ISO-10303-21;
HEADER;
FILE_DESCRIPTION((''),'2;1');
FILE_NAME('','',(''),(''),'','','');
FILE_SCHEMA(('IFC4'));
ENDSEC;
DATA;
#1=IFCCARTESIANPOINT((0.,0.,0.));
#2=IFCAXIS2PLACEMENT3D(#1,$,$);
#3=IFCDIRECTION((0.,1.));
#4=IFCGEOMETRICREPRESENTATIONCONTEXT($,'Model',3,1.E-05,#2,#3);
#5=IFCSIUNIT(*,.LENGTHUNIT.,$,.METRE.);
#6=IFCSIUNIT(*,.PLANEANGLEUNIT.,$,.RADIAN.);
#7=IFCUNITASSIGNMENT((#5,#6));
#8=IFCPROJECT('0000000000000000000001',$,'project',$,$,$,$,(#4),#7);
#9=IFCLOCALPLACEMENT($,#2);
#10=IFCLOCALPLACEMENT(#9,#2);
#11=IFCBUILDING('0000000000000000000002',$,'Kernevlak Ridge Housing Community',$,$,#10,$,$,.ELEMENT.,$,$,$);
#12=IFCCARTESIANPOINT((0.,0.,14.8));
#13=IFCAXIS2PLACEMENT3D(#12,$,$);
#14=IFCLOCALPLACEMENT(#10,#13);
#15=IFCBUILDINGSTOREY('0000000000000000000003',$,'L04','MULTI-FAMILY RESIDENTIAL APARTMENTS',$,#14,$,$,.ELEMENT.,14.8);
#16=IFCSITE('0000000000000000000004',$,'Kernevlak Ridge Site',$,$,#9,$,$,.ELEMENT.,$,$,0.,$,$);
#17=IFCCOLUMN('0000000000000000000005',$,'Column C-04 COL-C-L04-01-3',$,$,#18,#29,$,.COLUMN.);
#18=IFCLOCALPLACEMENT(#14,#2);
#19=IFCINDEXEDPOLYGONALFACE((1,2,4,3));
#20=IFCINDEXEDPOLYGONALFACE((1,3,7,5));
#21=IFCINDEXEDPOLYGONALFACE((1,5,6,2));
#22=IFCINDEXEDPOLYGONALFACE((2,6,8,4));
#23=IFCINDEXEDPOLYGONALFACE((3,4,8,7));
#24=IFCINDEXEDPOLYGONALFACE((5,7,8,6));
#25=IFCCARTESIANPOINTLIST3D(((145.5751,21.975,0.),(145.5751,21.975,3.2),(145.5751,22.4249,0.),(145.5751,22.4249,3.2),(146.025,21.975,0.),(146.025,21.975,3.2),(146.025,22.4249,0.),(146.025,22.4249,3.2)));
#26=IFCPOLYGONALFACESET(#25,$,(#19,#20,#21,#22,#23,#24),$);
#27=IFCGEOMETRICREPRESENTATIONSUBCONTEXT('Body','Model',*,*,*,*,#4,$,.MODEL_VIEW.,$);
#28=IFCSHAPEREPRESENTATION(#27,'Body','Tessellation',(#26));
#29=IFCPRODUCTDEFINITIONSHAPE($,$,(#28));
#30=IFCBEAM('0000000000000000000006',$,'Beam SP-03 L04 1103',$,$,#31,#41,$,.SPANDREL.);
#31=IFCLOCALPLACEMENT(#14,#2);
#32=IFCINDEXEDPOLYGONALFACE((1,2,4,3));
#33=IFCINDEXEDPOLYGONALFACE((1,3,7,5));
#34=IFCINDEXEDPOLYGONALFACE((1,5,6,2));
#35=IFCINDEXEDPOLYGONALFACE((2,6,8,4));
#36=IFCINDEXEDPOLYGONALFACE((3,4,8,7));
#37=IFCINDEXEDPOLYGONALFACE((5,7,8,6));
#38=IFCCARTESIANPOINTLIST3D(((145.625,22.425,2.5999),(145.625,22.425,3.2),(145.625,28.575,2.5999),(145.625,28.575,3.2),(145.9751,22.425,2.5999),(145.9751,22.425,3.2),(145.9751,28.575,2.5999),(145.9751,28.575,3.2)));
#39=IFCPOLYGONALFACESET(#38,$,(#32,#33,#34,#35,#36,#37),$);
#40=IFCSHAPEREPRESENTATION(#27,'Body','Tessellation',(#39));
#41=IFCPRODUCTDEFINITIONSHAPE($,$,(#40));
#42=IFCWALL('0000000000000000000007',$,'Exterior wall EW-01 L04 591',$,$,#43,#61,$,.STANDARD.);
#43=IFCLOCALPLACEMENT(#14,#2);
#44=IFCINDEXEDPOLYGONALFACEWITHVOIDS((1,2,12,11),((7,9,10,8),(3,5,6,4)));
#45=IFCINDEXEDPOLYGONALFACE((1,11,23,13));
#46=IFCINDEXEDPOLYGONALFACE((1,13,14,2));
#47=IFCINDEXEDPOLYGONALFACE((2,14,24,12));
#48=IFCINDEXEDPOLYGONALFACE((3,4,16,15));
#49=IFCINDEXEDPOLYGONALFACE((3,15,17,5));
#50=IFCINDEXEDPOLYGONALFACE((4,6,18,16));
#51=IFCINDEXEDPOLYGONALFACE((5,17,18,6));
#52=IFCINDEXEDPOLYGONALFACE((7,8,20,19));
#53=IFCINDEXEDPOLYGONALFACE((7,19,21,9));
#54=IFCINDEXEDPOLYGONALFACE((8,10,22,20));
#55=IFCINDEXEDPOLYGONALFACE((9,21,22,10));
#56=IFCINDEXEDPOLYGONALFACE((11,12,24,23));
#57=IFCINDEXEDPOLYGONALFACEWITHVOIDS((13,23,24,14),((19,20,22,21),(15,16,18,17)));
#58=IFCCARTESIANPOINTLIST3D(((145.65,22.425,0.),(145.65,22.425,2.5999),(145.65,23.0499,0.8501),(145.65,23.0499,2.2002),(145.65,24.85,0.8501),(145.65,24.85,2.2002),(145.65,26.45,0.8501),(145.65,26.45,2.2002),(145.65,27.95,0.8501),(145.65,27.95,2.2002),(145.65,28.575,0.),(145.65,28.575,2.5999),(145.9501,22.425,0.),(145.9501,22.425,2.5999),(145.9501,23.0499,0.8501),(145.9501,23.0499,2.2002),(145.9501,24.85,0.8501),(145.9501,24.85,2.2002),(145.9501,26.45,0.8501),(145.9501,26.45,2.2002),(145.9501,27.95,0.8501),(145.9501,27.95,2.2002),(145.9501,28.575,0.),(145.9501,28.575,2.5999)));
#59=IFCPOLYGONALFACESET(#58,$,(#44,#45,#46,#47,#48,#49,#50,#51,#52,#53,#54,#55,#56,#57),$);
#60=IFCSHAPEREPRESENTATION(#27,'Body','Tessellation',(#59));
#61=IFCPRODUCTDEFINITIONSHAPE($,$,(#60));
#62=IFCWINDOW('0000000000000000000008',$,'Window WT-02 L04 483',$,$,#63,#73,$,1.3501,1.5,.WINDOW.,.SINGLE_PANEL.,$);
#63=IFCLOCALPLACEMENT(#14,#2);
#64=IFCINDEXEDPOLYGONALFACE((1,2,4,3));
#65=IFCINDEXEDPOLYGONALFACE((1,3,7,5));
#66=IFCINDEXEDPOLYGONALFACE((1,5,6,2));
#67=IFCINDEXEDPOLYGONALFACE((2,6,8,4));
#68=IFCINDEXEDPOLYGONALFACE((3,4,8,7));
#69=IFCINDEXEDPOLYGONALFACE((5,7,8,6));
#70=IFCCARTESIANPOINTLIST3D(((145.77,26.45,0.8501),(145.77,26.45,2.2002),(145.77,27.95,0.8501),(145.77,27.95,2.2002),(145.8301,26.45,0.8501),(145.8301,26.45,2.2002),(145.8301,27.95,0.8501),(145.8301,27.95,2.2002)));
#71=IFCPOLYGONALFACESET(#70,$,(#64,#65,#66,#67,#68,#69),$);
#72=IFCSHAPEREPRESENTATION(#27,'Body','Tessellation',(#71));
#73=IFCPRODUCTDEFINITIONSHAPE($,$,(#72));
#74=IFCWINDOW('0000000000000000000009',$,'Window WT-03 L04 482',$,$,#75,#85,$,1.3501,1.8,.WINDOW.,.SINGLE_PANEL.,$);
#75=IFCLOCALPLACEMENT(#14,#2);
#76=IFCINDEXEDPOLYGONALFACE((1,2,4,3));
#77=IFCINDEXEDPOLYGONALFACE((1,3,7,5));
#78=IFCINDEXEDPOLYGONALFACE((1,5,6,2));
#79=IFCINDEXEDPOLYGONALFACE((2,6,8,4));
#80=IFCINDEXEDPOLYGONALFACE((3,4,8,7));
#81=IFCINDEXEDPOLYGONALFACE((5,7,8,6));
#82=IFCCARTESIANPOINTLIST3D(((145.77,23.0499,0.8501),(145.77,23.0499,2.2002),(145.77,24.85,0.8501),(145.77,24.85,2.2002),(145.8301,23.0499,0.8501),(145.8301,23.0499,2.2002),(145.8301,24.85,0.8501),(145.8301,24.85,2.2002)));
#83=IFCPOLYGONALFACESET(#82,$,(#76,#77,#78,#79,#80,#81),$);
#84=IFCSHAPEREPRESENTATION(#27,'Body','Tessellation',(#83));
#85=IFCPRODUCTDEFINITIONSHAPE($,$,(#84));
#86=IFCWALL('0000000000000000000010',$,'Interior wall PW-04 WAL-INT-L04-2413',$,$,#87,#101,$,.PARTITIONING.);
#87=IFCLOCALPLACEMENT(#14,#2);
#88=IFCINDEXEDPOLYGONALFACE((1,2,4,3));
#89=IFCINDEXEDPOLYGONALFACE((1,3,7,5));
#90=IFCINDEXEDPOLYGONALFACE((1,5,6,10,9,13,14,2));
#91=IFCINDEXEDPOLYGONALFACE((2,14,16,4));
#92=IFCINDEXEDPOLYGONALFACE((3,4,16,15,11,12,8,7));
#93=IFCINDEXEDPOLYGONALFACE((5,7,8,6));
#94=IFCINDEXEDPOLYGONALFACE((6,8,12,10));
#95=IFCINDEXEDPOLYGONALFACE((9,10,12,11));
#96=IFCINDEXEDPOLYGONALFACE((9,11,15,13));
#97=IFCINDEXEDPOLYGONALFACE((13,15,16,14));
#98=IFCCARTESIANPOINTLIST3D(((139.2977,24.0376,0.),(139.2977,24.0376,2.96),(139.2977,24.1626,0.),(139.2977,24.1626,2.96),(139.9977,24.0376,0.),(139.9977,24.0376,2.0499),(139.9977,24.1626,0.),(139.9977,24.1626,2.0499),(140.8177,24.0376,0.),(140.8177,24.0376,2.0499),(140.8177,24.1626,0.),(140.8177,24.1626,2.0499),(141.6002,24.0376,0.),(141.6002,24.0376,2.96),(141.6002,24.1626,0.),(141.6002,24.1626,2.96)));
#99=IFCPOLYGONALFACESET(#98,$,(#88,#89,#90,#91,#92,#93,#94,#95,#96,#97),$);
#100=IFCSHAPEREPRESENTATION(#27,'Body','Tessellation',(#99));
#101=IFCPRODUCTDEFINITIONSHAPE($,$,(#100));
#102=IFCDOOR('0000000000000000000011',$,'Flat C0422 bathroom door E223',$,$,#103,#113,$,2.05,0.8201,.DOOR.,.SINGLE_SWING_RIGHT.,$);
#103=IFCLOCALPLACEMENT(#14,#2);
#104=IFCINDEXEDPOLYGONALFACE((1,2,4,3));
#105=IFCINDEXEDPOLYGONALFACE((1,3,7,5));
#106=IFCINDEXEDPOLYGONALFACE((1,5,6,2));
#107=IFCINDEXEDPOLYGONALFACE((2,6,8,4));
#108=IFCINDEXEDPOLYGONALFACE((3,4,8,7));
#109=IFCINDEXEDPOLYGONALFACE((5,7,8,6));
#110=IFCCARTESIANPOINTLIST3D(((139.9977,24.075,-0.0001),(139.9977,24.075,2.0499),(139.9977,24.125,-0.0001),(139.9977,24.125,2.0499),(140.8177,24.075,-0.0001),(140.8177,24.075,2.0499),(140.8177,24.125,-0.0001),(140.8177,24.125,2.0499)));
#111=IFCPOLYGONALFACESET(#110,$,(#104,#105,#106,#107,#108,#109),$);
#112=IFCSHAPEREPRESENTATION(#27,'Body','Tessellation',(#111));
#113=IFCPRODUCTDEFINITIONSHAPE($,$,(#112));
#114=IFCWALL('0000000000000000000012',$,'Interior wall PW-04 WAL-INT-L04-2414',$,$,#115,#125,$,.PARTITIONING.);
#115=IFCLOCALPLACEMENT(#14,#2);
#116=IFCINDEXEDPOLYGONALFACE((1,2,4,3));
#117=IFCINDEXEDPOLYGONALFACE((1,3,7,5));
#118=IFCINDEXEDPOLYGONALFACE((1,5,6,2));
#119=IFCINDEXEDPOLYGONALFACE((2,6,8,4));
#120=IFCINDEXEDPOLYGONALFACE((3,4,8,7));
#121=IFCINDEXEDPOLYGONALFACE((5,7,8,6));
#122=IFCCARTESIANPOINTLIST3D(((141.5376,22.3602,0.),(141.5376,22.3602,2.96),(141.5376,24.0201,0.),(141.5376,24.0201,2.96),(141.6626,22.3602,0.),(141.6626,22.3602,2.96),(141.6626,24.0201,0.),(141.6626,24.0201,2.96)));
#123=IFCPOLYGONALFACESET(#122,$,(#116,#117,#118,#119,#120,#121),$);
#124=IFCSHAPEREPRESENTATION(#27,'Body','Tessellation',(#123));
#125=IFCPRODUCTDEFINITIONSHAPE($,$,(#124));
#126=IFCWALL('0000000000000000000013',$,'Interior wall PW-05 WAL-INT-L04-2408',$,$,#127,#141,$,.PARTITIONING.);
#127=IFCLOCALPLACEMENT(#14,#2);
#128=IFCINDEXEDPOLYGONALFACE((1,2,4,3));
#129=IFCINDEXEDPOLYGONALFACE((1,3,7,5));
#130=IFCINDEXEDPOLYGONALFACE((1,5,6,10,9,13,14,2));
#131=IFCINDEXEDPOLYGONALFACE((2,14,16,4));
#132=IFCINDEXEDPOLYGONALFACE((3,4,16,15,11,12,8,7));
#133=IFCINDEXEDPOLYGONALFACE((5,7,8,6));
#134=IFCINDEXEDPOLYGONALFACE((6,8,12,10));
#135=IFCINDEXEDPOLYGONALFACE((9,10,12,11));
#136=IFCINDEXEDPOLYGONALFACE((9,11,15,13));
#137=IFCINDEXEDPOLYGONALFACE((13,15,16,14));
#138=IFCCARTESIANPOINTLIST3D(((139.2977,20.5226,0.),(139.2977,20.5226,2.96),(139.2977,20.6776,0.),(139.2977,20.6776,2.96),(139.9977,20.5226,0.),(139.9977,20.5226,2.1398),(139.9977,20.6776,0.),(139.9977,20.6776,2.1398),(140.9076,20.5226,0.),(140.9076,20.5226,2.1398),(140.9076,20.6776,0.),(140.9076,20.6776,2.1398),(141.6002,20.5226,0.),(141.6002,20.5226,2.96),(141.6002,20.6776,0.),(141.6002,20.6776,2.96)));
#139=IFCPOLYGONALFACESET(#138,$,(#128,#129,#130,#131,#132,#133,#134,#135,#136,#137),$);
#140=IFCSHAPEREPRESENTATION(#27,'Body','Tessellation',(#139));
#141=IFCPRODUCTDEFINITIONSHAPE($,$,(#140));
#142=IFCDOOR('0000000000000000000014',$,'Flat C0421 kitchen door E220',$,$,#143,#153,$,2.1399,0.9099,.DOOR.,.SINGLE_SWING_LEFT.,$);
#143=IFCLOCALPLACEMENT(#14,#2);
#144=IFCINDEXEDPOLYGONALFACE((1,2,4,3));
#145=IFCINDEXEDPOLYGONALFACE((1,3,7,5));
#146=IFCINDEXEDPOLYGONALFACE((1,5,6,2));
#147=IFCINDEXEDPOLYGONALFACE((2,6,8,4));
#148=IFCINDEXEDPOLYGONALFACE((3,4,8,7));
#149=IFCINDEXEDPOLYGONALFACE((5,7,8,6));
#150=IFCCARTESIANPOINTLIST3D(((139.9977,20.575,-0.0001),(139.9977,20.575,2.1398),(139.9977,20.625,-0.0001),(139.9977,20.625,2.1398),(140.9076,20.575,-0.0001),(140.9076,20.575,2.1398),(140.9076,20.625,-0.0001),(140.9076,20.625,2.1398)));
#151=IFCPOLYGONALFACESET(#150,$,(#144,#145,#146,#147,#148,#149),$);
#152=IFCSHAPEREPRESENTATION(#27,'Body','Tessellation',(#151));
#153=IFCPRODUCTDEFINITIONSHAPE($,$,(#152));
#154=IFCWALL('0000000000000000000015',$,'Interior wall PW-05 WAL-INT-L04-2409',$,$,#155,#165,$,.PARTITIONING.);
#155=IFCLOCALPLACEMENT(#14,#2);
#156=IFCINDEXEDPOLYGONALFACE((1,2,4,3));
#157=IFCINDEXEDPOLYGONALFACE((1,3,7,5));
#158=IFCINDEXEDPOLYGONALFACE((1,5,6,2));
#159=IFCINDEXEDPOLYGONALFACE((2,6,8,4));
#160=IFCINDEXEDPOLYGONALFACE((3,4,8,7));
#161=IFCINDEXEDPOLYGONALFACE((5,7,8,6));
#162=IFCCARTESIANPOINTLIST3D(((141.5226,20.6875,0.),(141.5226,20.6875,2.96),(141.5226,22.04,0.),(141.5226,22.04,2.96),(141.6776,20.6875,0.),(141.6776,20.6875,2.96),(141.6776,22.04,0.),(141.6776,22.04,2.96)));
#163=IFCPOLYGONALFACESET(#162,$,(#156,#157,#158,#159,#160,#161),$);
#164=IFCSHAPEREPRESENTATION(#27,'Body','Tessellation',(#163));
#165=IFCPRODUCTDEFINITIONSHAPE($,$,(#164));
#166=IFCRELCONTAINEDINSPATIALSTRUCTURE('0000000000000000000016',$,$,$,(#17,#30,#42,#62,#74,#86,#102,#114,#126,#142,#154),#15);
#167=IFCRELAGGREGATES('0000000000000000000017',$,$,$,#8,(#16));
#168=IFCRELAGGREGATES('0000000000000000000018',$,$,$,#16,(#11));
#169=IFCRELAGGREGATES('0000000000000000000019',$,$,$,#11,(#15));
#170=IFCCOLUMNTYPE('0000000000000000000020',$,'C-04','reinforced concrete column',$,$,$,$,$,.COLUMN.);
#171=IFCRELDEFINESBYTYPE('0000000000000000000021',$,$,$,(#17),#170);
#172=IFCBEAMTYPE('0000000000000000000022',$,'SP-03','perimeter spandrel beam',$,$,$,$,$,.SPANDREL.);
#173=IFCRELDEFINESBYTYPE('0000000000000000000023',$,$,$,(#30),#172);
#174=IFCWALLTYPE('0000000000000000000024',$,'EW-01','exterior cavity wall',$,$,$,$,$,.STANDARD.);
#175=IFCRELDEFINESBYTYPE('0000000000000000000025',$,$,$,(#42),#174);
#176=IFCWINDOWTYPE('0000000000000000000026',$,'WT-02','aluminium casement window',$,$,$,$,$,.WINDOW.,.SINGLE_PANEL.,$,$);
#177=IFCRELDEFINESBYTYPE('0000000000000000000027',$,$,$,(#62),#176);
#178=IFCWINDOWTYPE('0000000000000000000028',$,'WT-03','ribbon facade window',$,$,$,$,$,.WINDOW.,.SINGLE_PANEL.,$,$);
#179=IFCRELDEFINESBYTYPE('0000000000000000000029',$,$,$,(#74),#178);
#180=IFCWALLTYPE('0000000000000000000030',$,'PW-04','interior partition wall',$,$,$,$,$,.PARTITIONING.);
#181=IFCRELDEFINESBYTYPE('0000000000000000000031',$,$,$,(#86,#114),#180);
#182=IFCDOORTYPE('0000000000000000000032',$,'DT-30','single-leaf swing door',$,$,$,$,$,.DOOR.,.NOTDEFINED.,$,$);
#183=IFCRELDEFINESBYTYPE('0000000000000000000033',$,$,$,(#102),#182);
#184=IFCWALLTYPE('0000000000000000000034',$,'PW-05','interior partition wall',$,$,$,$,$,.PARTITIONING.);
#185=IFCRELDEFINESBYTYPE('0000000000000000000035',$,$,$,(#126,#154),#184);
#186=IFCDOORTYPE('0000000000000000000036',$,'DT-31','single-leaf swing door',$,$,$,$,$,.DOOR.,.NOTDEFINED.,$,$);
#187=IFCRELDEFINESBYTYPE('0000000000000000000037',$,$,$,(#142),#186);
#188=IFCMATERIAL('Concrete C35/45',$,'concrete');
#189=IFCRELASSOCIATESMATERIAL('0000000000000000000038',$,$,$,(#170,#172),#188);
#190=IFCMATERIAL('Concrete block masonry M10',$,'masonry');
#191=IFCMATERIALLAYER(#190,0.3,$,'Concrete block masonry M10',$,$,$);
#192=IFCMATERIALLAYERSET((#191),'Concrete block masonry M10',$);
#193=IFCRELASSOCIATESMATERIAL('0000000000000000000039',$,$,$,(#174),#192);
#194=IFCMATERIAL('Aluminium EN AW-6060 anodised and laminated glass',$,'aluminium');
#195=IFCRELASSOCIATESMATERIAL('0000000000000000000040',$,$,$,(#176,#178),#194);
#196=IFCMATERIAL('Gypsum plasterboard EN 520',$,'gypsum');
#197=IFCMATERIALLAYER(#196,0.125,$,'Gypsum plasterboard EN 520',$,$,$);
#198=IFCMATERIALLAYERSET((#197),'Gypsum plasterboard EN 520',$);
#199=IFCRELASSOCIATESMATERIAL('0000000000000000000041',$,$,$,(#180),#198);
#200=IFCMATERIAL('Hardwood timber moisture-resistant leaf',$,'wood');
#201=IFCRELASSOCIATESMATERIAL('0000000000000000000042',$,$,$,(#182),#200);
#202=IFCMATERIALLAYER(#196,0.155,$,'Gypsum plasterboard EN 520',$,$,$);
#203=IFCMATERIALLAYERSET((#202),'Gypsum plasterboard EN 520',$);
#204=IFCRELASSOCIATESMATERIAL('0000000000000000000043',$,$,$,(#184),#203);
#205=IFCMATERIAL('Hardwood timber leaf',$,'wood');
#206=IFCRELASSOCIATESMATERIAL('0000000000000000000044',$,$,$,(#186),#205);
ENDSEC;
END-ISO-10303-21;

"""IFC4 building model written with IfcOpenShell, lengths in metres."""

from ifc_helpers import new_model, si_unit, direction, frame, frame_2d, origin, origin_2d, place, context, subcontext, project, spatial, rectangle, extrude, material, layer, layer_set, material_profile, profile_set, type_object, element, fill, save


model = new_model("IFC4")

# Units and contexts
model_context = context("Model", 3, precision=1e-05, world=origin(), true_north=direction((0.0, 1.0)))
body_context = subcontext(model_context, "Body", "Model", "MODEL_VIEW")
ifc_project = project(units=[si_unit("LENGTHUNIT", "METRE"), si_unit("PLANEANGLEUNIT", "RADIAN")], contexts=[model_context])

# Site, building, storey
site_placement = place(None, origin())
site = spatial("IfcSite", under=ifc_project, at=site_placement, Name="Kernevlak Ridge Site", CompositionType="ELEMENT", RefElevation=0.0)
building_placement = place(site_placement, origin())
building = spatial("IfcBuilding", under=site, at=building_placement, Name="Kernevlak Ridge Housing Community", CompositionType="ELEMENT")
storey_placement = place(building_placement, frame((0.0, 0.0, 14.8)))
storey = spatial("IfcBuildingStorey", under=building, at=storey_placement, Name="L04", Description="MULTI-FAMILY RESIDENTIAL APARTMENTS", CompositionType="ELEMENT", Elevation=14.8)

# Column
ifc_material_1 = material(Name="Concrete C35/45", Category="concrete")
ifc_material_profile_1 = material_profile(ifc_material_1, rectangle(XDim=0.45, YDim=0.45, at=origin_2d()), Name="RC 450x450")
ifc_profile_set_1 = profile_set([ifc_material_profile_1], Name="Concrete C35/45")
column_type = type_object("IfcColumnType", Name="C-04", Description="reinforced concrete column", PredefinedType="COLUMN", material=ifc_profile_set_1)
column_placement = place(storey_placement, frame((145.8, 22.2, 0.0), z_axis=(0.0, 0.0, 1.0), x_axis=(1.0, 0.0, 0.0)))
element("IfcColumn", 1, at=column_placement, inside=storey, type_object=column_type, Name="Column C-04 COL-C-L04-01-3", PredefinedType="COLUMN", context=body_context, shape_type="SweptSolid", body=[
    extrude(rectangle(XDim=0.45, YDim=0.45, at=origin_2d()), origin(), (0.0, 0.0, 1.0), 3.2),
])

# Beam
ifc_material_profile_2 = material_profile(ifc_material_1, rectangle(XDim=0.3501, YDim=0.6001, at=origin_2d()), Name="RC 350x600")
ifc_profile_set_2 = profile_set([ifc_material_profile_2], Name="Concrete C35/45")
beam_type = type_object("IfcBeamType", Name="SP-03", Description="perimeter spandrel beam", PredefinedType="SPANDREL", material=ifc_profile_set_2)
beam_placement = place(storey_placement, frame((145.8, 22.425, 2.8999), z_axis=(0.0, 1.0, 0.0), x_axis=(-1.0, 0.0, 0.0)))
element("IfcBeam", 2, at=beam_placement, inside=storey, type_object=beam_type, Name="Beam SP-03 L04 1103", PredefinedType="SPANDREL", context=body_context, shape_type="SweptSolid", body=[
    extrude(rectangle(XDim=0.3501, YDim=0.6001, at=origin_2d()), origin(), (0.0, 0.0, 1.0), 6.1499),
])

# Wall, openings, windows
ifc_material_2 = material(Name="Concrete block masonry M10", Category="masonry")
ifc_layer_1 = layer(ifc_material_2, 0.3, Name="Concrete block masonry M10")
ifc_layer_set_1 = layer_set([ifc_layer_1], Name="Concrete block masonry M10")
wall_type_1 = type_object("IfcWallType", Name="EW-01", Description="exterior cavity wall", PredefinedType="STANDARD", material=ifc_layer_set_1)
wall_1_placement = place(storey_placement, frame((145.8, 22.425, 0.0), z_axis=(0.0, 0.0, 1.0), x_axis=(0.0, 1.0, 0.0)))
wall_1 = element("IfcWall", 3, at=wall_1_placement, inside=storey, type_object=wall_type_1, Name="Exterior wall EW-01 L04 591", PredefinedType="STANDARD", context=body_context, shape_type="SweptSolid", body=[
    extrude(rectangle(XDim=6.1499, YDim=0.3, at=frame_2d((3.075, 0.0))), origin(), (0.0, 0.0, 1.0), 2.5999),
])
opening_1_placement = place(wall_1_placement, frame((0.625, 0.0, 0.8501)))
opening_1 = element("IfcOpeningElement", 4, at=opening_1_placement, cuts=wall_1, PredefinedType="OPENING", context=body_context, shape_type="SweptSolid", body=[
    extrude(rectangle(XDim=1.8, YDim=1.3501, at=frame_2d((0.8999, 0.675))), frame((0.0, 0.1599, 0.0), z_axis=(0.0, -1.0, 0.0), x_axis=(1.0, 0.0, 0.0)), (0.0, 0.0, 1.0), 0.3201),
])
opening_2_placement = place(wall_1_placement, frame((4.0249, 0.0, 0.8501)))
opening_2 = element("IfcOpeningElement", 5, at=opening_2_placement, cuts=wall_1, PredefinedType="OPENING", context=body_context, shape_type="SweptSolid", body=[
    extrude(rectangle(XDim=1.5, YDim=1.3501, at=frame_2d((0.75, 0.675))), frame((0.0, 0.1599, 0.0), z_axis=(0.0, -1.0, 0.0), x_axis=(1.0, 0.0, 0.0)), (0.0, 0.0, 1.0), 0.3201),
])
ifc_material_3 = material(Name="Aluminium EN AW-6060 anodised and laminated glass", Category="aluminium")
window_type_1 = type_object("IfcWindowType", Name="WT-02", Description="aluminium casement window", PartitioningType="SINGLE_PANEL", PredefinedType="WINDOW", material=ifc_material_3)
window_1_placement = place(opening_2_placement, origin())
window_1 = element("IfcWindow", 6, at=window_1_placement, inside=storey, type_object=window_type_1, Name="Window WT-02 L04 483", OverallHeight=1.3501, OverallWidth=1.5, PartitioningType="SINGLE_PANEL", PredefinedType="WINDOW", context=body_context, shape_type="SweptSolid", body=[
    extrude(rectangle(XDim=1.5, YDim=1.3501, at=frame_2d((0.75, 0.675))), frame((0.0, 0.03, 0.0), z_axis=(0.0, -1.0, 0.0), x_axis=(1.0, 0.0, 0.0)), (0.0, 0.0, 1.0), 0.0601),
])
fill(opening_2, window_1)
window_type_2 = type_object("IfcWindowType", Name="WT-03", Description="ribbon facade window", PartitioningType="SINGLE_PANEL", PredefinedType="WINDOW", material=ifc_material_3)
window_2_placement = place(opening_1_placement, origin())
window_2 = element("IfcWindow", 7, at=window_2_placement, inside=storey, type_object=window_type_2, Name="Window WT-03 L04 482", OverallHeight=1.3501, OverallWidth=1.8, PartitioningType="SINGLE_PANEL", PredefinedType="WINDOW", context=body_context, shape_type="SweptSolid", body=[
    extrude(rectangle(XDim=1.8, YDim=1.3501, at=frame_2d((0.8999, 0.675))), frame((0.0, 0.03, 0.0), z_axis=(0.0, -1.0, 0.0), x_axis=(1.0, 0.0, 0.0)), (0.0, 0.0, 1.0), 0.0601),
])
fill(opening_1, window_2)

# Wall, opening, door
ifc_material_4 = material(Name="Hardwood timber leaf", Category="wood")
ifc_material_5 = material(Name="Gypsum plasterboard EN 520", Category="gypsum")
ifc_layer_2 = layer(ifc_material_5, 0.125, Name="Gypsum plasterboard EN 520")
ifc_layer_set_2 = layer_set([ifc_layer_2], Name="Gypsum plasterboard EN 520")
wall_type_2 = type_object("IfcWallType", Name="PW-04", Description="interior partition wall", PredefinedType="PARTITIONING", material=ifc_layer_set_2)
wall_2_placement = place(storey_placement, frame((139.2976, 24.1001, 0.0), z_axis=(0.0, 0.0, 1.0), x_axis=(1.0, 0.0, 0.0)))
wall_2 = element("IfcWall", 8, at=wall_2_placement, inside=storey, type_object=wall_type_2, Name="Interior wall PW-04 WAL-INT-L04-2413", PredefinedType="PARTITIONING", context=body_context, shape_type="SweptSolid", body=[
    extrude(rectangle(XDim=2.3025, YDim=0.125, at=frame_2d((1.1514, 0.0))), origin(), (0.0, 0.0, 1.0), 2.96),
])
opening_3_placement = place(wall_2_placement, frame((0.7, 0.0, 0.0)))
opening_3 = element("IfcOpeningElement", 9, at=opening_3_placement, cuts=wall_2, PredefinedType="OPENING", context=body_context, shape_type="SweptSolid", body=[
    extrude(rectangle(XDim=0.8201, YDim=2.05, at=frame_2d((0.4102, 1.0249))), frame((0.0, 0.0725, 0.0), z_axis=(0.0, -1.0, 0.0), x_axis=(1.0, 0.0, 0.0)), (0.0, 0.0, 1.0), 0.145),
])
ifc_material_6 = material(Name="Hardwood timber moisture-resistant leaf", Category="wood")
door_type_1 = type_object("IfcDoorType", Name="DT-30", Description="single-leaf swing door", OperationType="NOTDEFINED", PredefinedType="DOOR", material=ifc_material_6)
door_1_placement = place(opening_3_placement, origin())
door_1 = element("IfcDoor", 10, at=door_1_placement, inside=storey, type_object=door_type_1, Name="Flat C0422 bathroom door E223", OperationType="SINGLE_SWING_RIGHT", OverallHeight=2.05, OverallWidth=0.8201, PredefinedType="DOOR", context=body_context, shape_type="SweptSolid", body=[
    extrude(rectangle(XDim=0.8201, YDim=2.05, at=frame_2d((0.4102, 1.0249))), frame((0.0, 0.0249, 0.0), z_axis=(0.0, -1.0, 0.0), x_axis=(1.0, 0.0, 0.0)), (0.0, 0.0, 1.0), 0.05),
])
fill(opening_3, door_1)

# Wall
wall_3_placement = place(storey_placement, frame((141.6001, 22.3601, 0.0), z_axis=(0.0, 0.0, 1.0), x_axis=(0.0, 1.0, 0.0)))
element("IfcWall", 11, at=wall_3_placement, inside=storey, type_object=wall_type_2, Name="Interior wall PW-04 WAL-INT-L04-2414", PredefinedType="PARTITIONING", context=body_context, shape_type="SweptSolid", body=[
    extrude(rectangle(XDim=1.6599, YDim=0.125, at=frame_2d((0.8301, 0.0))), origin(), (0.0, 0.0, 1.0), 2.96),
])

# Wall, opening, door
ifc_layer_3 = layer(ifc_material_5, 0.155, Name="Gypsum plasterboard EN 520")
ifc_layer_set_3 = layer_set([ifc_layer_3], Name="Gypsum plasterboard EN 520")
wall_type_3 = type_object("IfcWallType", Name="PW-05", Description="interior partition wall", PredefinedType="PARTITIONING", material=ifc_layer_set_3)
wall_4_placement = place(storey_placement, frame((139.2976, 20.6001, 0.0), z_axis=(0.0, 0.0, 1.0), x_axis=(1.0, 0.0, 0.0)))
wall_4 = element("IfcWall", 12, at=wall_4_placement, inside=storey, type_object=wall_type_3, Name="Interior wall PW-05 WAL-INT-L04-2408", PredefinedType="PARTITIONING", context=body_context, shape_type="SweptSolid", body=[
    extrude(rectangle(XDim=2.3025, YDim=0.155, at=frame_2d((1.1514, 0.0))), origin(), (0.0, 0.0, 1.0), 2.96),
])
opening_4_placement = place(wall_4_placement, frame((0.7, 0.0, 0.0)))
opening_4 = element("IfcOpeningElement", 13, at=opening_4_placement, cuts=wall_4, PredefinedType="OPENING", context=body_context, shape_type="SweptSolid", body=[
    extrude(rectangle(XDim=0.9099, YDim=2.1399, at=frame_2d((0.4551, 1.0698))), frame((0.0, 0.0874, 0.0), z_axis=(0.0, -1.0, 0.0), x_axis=(1.0, 0.0, 0.0)), (0.0, 0.0, 1.0), 0.175),
])
door_type_2 = type_object("IfcDoorType", Name="DT-31", Description="single-leaf swing door", OperationType="NOTDEFINED", PredefinedType="DOOR", material=ifc_material_4)
door_2_placement = place(opening_4_placement, origin())
door_2 = element("IfcDoor", 14, at=door_2_placement, inside=storey, type_object=door_type_2, Name="Flat C0421 kitchen door E220", OperationType="SINGLE_SWING_LEFT", OverallHeight=2.1399, OverallWidth=0.9099, PredefinedType="DOOR", context=body_context, shape_type="SweptSolid", body=[
    extrude(rectangle(XDim=0.9099, YDim=2.1399, at=frame_2d((0.4551, 1.0698))), frame((0.0, 0.0249, 0.0), z_axis=(0.0, -1.0, 0.0), x_axis=(1.0, 0.0, 0.0)), (0.0, 0.0, 1.0), 0.05),
])
fill(opening_4, door_2)

# Wall
wall_5_placement = place(storey_placement, frame((141.6001, 20.6875, 0.0), z_axis=(0.0, 0.0, 1.0), x_axis=(0.0, 1.0, 0.0)))
element("IfcWall", 15, at=wall_5_placement, inside=storey, type_object=wall_type_3, Name="Interior wall PW-05 WAL-INT-L04-2409", PredefinedType="PARTITIONING", context=body_context, shape_type="SweptSolid", body=[
    extrude(rectangle(XDim=1.3525, YDim=0.155, at=frame_2d((0.6763, 0.0))), origin(), (0.0, 0.0, 1.0), 2.96),
])

save(model, "model.ifc")
